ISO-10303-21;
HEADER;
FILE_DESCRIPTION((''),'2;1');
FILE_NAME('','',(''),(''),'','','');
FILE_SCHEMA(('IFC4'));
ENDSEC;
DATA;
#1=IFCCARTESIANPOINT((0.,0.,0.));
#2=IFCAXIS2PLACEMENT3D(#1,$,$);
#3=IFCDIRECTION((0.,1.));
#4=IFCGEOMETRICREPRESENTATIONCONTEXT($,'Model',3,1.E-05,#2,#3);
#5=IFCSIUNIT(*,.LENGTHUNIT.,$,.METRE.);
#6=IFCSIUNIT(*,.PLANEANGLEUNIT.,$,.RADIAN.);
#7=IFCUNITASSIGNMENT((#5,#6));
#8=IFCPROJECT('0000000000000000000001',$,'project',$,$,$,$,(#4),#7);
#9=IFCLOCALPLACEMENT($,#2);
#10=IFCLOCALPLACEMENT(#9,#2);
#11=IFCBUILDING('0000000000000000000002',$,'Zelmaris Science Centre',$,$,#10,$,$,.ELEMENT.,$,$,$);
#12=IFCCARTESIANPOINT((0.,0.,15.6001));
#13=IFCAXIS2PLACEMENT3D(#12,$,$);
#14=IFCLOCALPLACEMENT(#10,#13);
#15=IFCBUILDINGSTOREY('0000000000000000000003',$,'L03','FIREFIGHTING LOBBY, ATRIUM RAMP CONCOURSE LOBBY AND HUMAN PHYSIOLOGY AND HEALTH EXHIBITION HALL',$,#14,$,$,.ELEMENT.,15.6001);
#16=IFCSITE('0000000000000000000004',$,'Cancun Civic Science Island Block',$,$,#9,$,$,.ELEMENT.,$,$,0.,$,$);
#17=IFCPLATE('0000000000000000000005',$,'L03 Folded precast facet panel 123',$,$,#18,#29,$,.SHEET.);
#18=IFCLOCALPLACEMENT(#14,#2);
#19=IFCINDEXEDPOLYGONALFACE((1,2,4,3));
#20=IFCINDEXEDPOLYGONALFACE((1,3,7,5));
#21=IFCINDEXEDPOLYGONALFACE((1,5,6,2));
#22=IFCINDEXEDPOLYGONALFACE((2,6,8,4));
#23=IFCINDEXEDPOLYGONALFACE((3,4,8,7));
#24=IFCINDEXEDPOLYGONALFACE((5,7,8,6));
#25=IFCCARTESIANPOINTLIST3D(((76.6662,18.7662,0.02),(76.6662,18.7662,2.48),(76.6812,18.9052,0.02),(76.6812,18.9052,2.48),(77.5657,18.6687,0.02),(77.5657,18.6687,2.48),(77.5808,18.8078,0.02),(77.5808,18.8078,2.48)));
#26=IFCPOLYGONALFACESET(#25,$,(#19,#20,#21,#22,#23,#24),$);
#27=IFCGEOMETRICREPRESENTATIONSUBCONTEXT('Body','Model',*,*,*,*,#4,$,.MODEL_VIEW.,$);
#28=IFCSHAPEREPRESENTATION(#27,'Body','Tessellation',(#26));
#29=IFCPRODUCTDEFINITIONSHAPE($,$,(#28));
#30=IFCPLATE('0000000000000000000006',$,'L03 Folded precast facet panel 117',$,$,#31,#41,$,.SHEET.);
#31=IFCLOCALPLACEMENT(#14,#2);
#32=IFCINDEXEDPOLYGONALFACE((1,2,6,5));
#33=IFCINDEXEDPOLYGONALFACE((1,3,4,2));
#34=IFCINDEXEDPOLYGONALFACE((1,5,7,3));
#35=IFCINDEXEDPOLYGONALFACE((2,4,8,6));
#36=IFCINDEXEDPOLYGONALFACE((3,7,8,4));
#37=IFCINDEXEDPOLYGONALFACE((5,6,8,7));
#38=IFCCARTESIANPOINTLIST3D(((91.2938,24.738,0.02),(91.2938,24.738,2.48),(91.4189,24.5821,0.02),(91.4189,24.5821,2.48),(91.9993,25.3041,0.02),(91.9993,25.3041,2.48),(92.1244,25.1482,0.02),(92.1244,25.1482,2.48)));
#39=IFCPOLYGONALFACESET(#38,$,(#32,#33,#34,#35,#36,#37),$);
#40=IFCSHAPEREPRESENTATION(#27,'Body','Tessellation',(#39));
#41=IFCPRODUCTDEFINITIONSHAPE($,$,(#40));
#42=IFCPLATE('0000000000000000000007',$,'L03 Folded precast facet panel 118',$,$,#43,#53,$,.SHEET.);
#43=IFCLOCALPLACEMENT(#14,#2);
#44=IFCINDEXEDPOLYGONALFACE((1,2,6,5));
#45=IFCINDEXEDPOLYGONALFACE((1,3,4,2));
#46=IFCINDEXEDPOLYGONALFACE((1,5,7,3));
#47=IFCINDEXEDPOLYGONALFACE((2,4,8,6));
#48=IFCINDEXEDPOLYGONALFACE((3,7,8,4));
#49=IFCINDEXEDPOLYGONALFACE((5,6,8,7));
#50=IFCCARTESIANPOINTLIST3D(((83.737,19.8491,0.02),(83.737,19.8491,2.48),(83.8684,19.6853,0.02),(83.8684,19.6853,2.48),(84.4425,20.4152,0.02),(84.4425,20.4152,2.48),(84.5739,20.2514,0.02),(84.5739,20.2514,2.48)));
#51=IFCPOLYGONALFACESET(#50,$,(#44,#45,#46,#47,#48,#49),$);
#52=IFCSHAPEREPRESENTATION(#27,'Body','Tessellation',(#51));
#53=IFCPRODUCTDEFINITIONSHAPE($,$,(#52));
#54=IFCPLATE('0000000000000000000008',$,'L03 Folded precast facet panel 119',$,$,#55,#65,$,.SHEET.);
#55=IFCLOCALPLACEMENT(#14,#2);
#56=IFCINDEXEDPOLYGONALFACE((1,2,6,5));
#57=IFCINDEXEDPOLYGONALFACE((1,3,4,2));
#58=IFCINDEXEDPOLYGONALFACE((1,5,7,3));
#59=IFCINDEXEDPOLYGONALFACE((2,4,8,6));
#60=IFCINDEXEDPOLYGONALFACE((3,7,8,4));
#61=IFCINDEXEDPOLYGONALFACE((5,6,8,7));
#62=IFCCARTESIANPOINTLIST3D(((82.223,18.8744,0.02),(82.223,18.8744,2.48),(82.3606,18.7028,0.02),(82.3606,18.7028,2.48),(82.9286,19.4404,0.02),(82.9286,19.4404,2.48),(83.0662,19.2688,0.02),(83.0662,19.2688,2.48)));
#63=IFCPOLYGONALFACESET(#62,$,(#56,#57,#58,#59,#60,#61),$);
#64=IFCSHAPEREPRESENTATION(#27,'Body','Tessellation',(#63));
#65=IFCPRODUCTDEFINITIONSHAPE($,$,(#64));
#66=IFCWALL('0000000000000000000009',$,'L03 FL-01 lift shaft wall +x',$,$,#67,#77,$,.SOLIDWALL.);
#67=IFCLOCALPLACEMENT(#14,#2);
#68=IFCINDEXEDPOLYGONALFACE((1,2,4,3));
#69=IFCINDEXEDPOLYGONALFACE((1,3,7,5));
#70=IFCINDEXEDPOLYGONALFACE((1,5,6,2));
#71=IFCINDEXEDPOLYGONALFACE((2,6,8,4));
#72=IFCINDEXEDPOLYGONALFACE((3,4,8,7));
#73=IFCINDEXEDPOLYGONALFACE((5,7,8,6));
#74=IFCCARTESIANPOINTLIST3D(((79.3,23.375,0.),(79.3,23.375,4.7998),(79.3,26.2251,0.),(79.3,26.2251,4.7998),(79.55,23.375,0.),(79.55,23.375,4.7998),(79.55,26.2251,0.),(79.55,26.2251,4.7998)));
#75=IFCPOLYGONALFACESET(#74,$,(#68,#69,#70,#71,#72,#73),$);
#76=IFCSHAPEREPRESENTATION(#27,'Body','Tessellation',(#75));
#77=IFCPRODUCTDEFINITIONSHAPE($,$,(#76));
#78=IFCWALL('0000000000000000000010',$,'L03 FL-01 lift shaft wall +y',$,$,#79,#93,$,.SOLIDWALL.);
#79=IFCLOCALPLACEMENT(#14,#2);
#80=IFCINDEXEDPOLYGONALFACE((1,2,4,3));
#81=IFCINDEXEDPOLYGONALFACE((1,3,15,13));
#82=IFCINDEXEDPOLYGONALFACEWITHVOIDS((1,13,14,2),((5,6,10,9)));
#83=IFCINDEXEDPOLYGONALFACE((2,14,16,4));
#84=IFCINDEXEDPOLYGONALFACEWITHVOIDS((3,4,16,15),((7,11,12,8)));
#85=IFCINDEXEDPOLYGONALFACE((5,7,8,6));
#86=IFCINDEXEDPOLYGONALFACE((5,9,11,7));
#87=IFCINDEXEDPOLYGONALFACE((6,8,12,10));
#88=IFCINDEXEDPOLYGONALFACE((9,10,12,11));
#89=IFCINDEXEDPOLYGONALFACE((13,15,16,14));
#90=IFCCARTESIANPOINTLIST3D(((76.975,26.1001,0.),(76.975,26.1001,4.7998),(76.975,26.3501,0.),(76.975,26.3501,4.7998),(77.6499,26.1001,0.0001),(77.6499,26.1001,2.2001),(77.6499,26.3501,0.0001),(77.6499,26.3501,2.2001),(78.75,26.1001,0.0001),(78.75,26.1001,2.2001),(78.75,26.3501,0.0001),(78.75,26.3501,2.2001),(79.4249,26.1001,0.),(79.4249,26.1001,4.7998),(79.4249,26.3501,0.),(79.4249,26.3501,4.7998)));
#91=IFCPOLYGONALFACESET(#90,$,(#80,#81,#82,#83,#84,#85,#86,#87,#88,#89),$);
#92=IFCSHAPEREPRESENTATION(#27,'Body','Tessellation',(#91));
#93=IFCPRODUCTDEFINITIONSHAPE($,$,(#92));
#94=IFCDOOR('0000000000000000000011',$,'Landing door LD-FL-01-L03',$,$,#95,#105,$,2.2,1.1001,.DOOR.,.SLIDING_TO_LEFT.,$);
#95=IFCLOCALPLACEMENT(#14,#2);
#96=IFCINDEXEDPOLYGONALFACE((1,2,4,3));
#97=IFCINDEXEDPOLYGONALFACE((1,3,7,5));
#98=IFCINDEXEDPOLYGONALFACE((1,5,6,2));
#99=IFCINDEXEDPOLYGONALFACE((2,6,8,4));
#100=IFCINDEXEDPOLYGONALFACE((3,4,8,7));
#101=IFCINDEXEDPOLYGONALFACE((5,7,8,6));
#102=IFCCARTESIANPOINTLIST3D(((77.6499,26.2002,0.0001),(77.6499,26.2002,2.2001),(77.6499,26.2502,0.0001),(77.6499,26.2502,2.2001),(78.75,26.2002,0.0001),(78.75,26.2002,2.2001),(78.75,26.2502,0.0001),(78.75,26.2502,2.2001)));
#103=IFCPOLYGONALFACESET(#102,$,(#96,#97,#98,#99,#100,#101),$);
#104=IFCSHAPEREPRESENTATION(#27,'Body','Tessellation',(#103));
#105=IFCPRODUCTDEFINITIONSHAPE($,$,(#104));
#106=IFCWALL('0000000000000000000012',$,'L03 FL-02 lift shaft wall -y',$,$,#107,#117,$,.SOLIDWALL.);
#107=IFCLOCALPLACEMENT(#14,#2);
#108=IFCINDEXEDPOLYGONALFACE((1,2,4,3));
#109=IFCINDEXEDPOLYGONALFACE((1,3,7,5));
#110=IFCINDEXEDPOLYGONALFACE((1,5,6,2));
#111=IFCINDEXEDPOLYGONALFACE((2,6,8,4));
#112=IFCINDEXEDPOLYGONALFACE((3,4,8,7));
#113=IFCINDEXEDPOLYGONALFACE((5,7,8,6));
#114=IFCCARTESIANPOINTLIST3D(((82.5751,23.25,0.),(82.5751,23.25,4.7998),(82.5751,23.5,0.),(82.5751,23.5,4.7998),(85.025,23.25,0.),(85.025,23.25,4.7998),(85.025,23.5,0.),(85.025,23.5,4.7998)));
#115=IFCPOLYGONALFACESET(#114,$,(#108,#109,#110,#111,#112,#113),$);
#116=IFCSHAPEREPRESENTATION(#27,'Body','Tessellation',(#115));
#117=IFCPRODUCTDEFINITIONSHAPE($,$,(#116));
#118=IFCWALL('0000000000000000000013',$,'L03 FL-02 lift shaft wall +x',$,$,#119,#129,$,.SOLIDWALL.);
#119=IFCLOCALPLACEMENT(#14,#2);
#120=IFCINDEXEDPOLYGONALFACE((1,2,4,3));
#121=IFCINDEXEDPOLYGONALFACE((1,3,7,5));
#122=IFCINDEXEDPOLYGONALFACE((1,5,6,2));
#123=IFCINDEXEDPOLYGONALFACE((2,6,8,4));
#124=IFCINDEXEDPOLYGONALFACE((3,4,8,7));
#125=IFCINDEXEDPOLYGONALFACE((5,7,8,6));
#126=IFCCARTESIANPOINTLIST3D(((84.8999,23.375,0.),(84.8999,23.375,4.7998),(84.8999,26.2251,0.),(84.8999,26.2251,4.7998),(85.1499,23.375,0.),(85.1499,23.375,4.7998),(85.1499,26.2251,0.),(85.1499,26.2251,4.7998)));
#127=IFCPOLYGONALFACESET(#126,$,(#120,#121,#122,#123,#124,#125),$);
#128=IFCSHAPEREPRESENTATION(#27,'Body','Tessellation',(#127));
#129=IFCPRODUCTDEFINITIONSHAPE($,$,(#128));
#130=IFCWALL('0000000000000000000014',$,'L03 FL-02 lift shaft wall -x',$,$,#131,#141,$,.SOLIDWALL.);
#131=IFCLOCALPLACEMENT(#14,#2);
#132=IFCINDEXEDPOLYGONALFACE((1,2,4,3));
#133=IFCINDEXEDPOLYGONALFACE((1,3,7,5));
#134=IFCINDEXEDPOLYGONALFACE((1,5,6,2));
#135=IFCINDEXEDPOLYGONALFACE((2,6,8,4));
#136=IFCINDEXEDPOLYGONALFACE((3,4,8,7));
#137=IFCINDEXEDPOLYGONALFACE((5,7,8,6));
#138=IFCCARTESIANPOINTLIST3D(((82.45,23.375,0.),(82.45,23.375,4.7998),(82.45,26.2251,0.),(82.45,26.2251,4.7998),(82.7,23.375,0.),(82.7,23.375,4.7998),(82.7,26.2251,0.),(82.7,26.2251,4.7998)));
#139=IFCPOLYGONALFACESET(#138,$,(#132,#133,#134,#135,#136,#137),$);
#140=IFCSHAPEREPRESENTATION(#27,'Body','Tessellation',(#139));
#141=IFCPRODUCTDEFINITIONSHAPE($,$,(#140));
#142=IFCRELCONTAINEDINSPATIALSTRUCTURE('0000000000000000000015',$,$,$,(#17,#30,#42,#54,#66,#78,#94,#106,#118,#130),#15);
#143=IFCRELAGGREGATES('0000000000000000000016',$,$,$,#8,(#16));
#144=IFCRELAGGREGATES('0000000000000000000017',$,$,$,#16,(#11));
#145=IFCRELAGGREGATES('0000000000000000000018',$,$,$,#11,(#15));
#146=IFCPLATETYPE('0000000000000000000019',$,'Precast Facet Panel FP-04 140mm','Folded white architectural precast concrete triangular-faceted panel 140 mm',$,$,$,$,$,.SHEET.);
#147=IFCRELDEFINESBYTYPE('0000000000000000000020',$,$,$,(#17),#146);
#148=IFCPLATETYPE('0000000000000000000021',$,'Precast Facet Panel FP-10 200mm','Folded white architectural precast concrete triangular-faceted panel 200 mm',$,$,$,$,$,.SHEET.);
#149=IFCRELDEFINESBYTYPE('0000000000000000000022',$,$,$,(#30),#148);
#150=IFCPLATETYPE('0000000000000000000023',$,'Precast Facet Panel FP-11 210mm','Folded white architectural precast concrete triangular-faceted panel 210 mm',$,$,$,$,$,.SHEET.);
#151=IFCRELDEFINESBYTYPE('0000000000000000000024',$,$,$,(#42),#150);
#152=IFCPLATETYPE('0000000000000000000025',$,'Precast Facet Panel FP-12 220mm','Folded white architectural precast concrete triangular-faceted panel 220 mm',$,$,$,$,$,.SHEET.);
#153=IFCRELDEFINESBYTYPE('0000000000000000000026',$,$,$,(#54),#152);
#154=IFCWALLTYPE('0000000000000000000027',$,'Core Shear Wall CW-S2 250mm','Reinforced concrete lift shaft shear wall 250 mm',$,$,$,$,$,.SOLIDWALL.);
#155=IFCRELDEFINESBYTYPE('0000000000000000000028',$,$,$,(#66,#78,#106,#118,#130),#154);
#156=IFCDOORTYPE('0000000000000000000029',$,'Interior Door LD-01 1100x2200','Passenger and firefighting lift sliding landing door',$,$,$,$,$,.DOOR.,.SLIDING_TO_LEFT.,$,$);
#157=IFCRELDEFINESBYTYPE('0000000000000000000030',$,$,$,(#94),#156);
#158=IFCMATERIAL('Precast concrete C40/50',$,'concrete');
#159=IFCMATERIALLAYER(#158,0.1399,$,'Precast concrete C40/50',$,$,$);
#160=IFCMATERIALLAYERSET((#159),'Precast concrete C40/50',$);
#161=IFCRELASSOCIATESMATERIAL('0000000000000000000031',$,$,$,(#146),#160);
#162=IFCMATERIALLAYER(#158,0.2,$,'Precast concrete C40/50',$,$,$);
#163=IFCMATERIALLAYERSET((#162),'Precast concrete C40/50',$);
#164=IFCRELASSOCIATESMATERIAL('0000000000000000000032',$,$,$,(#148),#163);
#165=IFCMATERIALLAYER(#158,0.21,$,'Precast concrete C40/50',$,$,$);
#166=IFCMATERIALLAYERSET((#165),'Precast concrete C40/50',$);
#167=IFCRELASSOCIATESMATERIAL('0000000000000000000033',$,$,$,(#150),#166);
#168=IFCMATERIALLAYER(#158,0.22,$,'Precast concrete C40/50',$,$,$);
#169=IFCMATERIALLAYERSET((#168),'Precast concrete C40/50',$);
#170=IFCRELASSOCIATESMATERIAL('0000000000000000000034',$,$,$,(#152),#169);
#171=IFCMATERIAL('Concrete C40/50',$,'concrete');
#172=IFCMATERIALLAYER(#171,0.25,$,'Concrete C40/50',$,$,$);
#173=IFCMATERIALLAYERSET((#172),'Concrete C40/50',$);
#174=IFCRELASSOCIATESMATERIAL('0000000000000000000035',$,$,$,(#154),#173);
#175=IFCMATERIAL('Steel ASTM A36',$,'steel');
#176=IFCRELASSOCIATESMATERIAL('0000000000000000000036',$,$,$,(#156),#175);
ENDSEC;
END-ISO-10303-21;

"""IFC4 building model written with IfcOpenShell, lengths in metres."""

from ifc_helpers import new_model, si_unit, direction, frame, frame_2d, origin, place, context, subcontext, project, spatial, rectangle, extrude, material, layer, layer_set, type_object, element, fill, save


model = new_model("IFC4")

# Units and contexts
model_context = context("Model", 3, precision=1e-05, world=origin(), true_north=direction((0.0, 1.0)))
body_context = subcontext(model_context, "Body", "Model", "MODEL_VIEW")
ifc_project = project(units=[si_unit("LENGTHUNIT", "METRE"), si_unit("PLANEANGLEUNIT", "RADIAN")], contexts=[model_context])

# Site, building, storey
site_placement = place(None, origin())
site = spatial("IfcSite", under=ifc_project, at=site_placement, Name="Cancun Civic Science Island Block", CompositionType="ELEMENT", RefElevation=0.0)
building_placement = place(site_placement, origin())
building = spatial("IfcBuilding", under=site, at=building_placement, Name="Zelmaris Science Centre", CompositionType="ELEMENT")
storey_placement = place(building_placement, frame((0.0, 0.0, 15.6001)))
storey = spatial("IfcBuildingStorey", under=building, at=storey_placement, Name="L03", Description="FIREFIGHTING LOBBY, ATRIUM RAMP CONCOURSE LOBBY AND HUMAN PHYSIOLOGY AND HEALTH EXHIBITION HALL", CompositionType="ELEMENT", Elevation=15.6001)

# Plates
ifc_material_1 = material(Name="Precast concrete C40/50", Category="concrete")
ifc_layer_1 = layer(ifc_material_1, 0.1399, Name="Precast concrete C40/50")
ifc_layer_set_1 = layer_set([ifc_layer_1], Name="Precast concrete C40/50")
plate_type_1 = type_object("IfcPlateType", Name="Precast Facet Panel FP-04 140mm", Description="Folded white architectural precast concrete triangular-faceted panel 140 mm", PredefinedType="SHEET", material=ifc_layer_set_1)
plate_1_placement = place(storey_placement, frame((77.5732, 18.7383, 0.02), z_axis=(0.0, 0.0, 1.0), x_axis=(-0.994186, 0.107676, 0.0)))
element("IfcPlate", 1, at=plate_1_placement, inside=storey, type_object=plate_type_1, Name="L03 Folded precast facet panel 123", PredefinedType="SHEET", context=body_context, shape_type="SweptSolid", body=[
    extrude(rectangle(XDim=0.9048, YDim=0.1399, at=frame_2d((0.4524, 0.0))), origin(), (0.0, 0.0, 1.0), 2.46),
])
ifc_layer_2 = layer(ifc_material_1, 0.2, Name="Precast concrete C40/50")
ifc_layer_set_2 = layer_set([ifc_layer_2], Name="Precast concrete C40/50")
plate_type_2 = type_object("IfcPlateType", Name="Precast Facet Panel FP-10 200mm", Description="Folded white architectural precast concrete triangular-faceted panel 200 mm", PredefinedType="SHEET", material=ifc_layer_set_2)
plate_2_placement = place(storey_placement, frame((92.0618, 25.2261, 0.02), z_axis=(0.0, 0.0, 1.0), x_axis=(-0.779946, -0.625846, 0.0)))
element("IfcPlate", 2, at=plate_2_placement, inside=storey, type_object=plate_type_2, Name="L03 Folded precast facet panel 117", PredefinedType="SHEET", context=body_context, shape_type="SweptSolid", body=[
    extrude(rectangle(XDim=0.9045, YDim=0.2, at=frame_2d((0.4521, 0.0))), origin(), (0.0, 0.0, 1.0), 2.46),
])
ifc_layer_3 = layer(ifc_material_1, 0.21, Name="Precast concrete C40/50")
ifc_layer_set_3 = layer_set([ifc_layer_3], Name="Precast concrete C40/50")
plate_type_3 = type_object("IfcPlateType", Name="Precast Facet Panel FP-11 210mm", Description="Folded white architectural precast concrete triangular-faceted panel 210 mm", PredefinedType="SHEET", material=ifc_layer_set_3)
plate_3_placement = place(storey_placement, frame((84.5081, 20.3333, 0.02), z_axis=(0.0, 0.0, 1.0), x_axis=(-0.779946, -0.625846, 0.0)))
element("IfcPlate", 3, at=plate_3_placement, inside=storey, type_object=plate_type_3, Name="L03 Folded precast facet panel 118", PredefinedType="SHEET", context=body_context, shape_type="SweptSolid", body=[
    extrude(rectangle(XDim=0.9045, YDim=0.21, at=frame_2d((0.4521, 0.0))), origin(), (0.0, 0.0, 1.0), 2.46),
])
ifc_layer_4 = layer(ifc_material_1, 0.22, Name="Precast concrete C40/50")
ifc_layer_set_4 = layer_set([ifc_layer_4], Name="Precast concrete C40/50")
plate_type_4 = type_object("IfcPlateType", Name="Precast Facet Panel FP-12 220mm", Description="Folded white architectural precast concrete triangular-faceted panel 220 mm", PredefinedType="SHEET", material=ifc_layer_set_4)
plate_4_placement = place(storey_placement, frame((82.9973, 19.3545, 0.02), z_axis=(0.0, 0.0, 1.0), x_axis=(-0.780078, -0.625682, 0.0)))
element("IfcPlate", 4, at=plate_4_placement, inside=storey, type_object=plate_type_4, Name="L03 Folded precast facet panel 119", PredefinedType="SHEET", context=body_context, shape_type="SweptSolid", body=[
    extrude(rectangle(XDim=0.9045, YDim=0.22, at=frame_2d((0.4521, 0.0))), origin(), (0.0, 0.0, 1.0), 2.46),
])

# Wall
ifc_material_2 = material(Name="Concrete C40/50", Category="concrete")
ifc_layer_5 = layer(ifc_material_2, 0.25, Name="Concrete C40/50")
ifc_layer_set_5 = layer_set([ifc_layer_5], Name="Concrete C40/50")
wall_type_1 = type_object("IfcWallType", Name="Core Shear Wall CW-S2 250mm", Description="Reinforced concrete lift shaft shear wall 250 mm", PredefinedType="SOLIDWALL", material=ifc_layer_set_5)
wall_1_placement = place(storey_placement, frame((79.425, 23.375, 0.0), z_axis=(0.0, 0.0, 1.0), x_axis=(0.0, 1.0, 0.0)))
element("IfcWall", 5, at=wall_1_placement, inside=storey, type_object=wall_type_1, Name="L03 FL-01 lift shaft wall +x", PredefinedType="SOLIDWALL", context=body_context, shape_type="SweptSolid", body=[
    extrude(rectangle(XDim=2.8501, YDim=0.25, at=frame_2d((1.425, 0.0))), origin(), (0.0, 0.0, 1.0), 4.7998),
])

# Wall, opening, door
wall_2_placement = place(storey_placement, frame((79.425, 26.2251, 0.0), z_axis=(0.0, 0.0, 1.0), x_axis=(-1.0, 0.0, 0.0)))
wall_2 = element("IfcWall", 6, at=wall_2_placement, inside=storey, type_object=wall_type_1, Name="L03 FL-01 lift shaft wall +y", PredefinedType="SOLIDWALL", context=body_context, shape_type="SweptSolid", body=[
    extrude(rectangle(XDim=2.45, YDim=0.25, at=frame_2d((1.2251, 0.0))), origin(), (0.0, 0.0, 1.0), 4.7998),
])
opening_1_placement = place(wall_2_placement, frame((0.675, 0.0, 0.0)))
opening_1 = element("IfcOpeningElement", 7, at=opening_1_placement, cuts=wall_2, PredefinedType="OPENING", context=body_context, shape_type="SweptSolid", body=[
    extrude(rectangle(XDim=1.1001, YDim=2.2, at=frame_2d((0.55, 1.1001))), frame((0.0, 0.135, 0.0), z_axis=(0.0, -1.0, 0.0), x_axis=(1.0, 0.0, 0.0)), (0.0, 0.0, 1.0), 0.27),
])
ifc_material_3 = material(Name="Steel ASTM A36", Category="steel")
door_type = type_object("IfcDoorType", Name="Interior Door LD-01 1100x2200", Description="Passenger and firefighting lift sliding landing door", OperationType="SLIDING_TO_LEFT", PredefinedType="DOOR", material=ifc_material_3)
door_placement = place(opening_1_placement, origin())
door = element("IfcDoor", 8, at=door_placement, inside=storey, type_object=door_type, Name="Landing door LD-FL-01-L03", OperationType="SLIDING_TO_LEFT", OverallHeight=2.2, OverallWidth=1.1001, PredefinedType="DOOR", context=body_context, shape_type="SweptSolid", body=[
    extrude(rectangle(XDim=1.1001, YDim=2.2, at=frame_2d((0.55, 1.1001))), frame((0.0, 0.0249, 0.0), z_axis=(0.0, -1.0, 0.0), x_axis=(1.0, 0.0, 0.0)), (0.0, 0.0, 1.0), 0.05),
])
fill(opening_1, door)

# Walls
wall_3_placement = place(storey_placement, frame((82.575, 23.375, 0.0), z_axis=(0.0, 0.0, 1.0), x_axis=(1.0, 0.0, 0.0)))
element("IfcWall", 9, at=wall_3_placement, inside=storey, type_object=wall_type_1, Name="L03 FL-02 lift shaft wall -y", PredefinedType="SOLIDWALL", context=body_context, shape_type="SweptSolid", body=[
    extrude(rectangle(XDim=2.45, YDim=0.25, at=frame_2d((1.2251, 0.0))), origin(), (0.0, 0.0, 1.0), 4.7998),
])
for number, where, z_axis, x_axis, name in (
    (10, (85.0249, 23.375, 0.0), (0.0, 0.0, 1.0), (0.0, 1.0, 0.0), "L03 FL-02 lift shaft wall +x"),
    (11, (82.575, 26.2251, 0.0), (0.0, 0.0, 1.0), (0.0, -1.0, 0.0), "L03 FL-02 lift shaft wall -x"),
):
    element("IfcWall", number, at=place(storey_placement, frame(where, z_axis=z_axis, x_axis=x_axis)), inside=storey, type_object=wall_type_1, Name=name, PredefinedType="SOLIDWALL", context=body_context, shape_type="SweptSolid", body=[
        extrude(rectangle(XDim=2.8501, YDim=0.25, at=frame_2d((1.425, 0.0))), origin(), (0.0, 0.0, 1.0), 4.7998),
    ])

save(model, "model.ifc")
